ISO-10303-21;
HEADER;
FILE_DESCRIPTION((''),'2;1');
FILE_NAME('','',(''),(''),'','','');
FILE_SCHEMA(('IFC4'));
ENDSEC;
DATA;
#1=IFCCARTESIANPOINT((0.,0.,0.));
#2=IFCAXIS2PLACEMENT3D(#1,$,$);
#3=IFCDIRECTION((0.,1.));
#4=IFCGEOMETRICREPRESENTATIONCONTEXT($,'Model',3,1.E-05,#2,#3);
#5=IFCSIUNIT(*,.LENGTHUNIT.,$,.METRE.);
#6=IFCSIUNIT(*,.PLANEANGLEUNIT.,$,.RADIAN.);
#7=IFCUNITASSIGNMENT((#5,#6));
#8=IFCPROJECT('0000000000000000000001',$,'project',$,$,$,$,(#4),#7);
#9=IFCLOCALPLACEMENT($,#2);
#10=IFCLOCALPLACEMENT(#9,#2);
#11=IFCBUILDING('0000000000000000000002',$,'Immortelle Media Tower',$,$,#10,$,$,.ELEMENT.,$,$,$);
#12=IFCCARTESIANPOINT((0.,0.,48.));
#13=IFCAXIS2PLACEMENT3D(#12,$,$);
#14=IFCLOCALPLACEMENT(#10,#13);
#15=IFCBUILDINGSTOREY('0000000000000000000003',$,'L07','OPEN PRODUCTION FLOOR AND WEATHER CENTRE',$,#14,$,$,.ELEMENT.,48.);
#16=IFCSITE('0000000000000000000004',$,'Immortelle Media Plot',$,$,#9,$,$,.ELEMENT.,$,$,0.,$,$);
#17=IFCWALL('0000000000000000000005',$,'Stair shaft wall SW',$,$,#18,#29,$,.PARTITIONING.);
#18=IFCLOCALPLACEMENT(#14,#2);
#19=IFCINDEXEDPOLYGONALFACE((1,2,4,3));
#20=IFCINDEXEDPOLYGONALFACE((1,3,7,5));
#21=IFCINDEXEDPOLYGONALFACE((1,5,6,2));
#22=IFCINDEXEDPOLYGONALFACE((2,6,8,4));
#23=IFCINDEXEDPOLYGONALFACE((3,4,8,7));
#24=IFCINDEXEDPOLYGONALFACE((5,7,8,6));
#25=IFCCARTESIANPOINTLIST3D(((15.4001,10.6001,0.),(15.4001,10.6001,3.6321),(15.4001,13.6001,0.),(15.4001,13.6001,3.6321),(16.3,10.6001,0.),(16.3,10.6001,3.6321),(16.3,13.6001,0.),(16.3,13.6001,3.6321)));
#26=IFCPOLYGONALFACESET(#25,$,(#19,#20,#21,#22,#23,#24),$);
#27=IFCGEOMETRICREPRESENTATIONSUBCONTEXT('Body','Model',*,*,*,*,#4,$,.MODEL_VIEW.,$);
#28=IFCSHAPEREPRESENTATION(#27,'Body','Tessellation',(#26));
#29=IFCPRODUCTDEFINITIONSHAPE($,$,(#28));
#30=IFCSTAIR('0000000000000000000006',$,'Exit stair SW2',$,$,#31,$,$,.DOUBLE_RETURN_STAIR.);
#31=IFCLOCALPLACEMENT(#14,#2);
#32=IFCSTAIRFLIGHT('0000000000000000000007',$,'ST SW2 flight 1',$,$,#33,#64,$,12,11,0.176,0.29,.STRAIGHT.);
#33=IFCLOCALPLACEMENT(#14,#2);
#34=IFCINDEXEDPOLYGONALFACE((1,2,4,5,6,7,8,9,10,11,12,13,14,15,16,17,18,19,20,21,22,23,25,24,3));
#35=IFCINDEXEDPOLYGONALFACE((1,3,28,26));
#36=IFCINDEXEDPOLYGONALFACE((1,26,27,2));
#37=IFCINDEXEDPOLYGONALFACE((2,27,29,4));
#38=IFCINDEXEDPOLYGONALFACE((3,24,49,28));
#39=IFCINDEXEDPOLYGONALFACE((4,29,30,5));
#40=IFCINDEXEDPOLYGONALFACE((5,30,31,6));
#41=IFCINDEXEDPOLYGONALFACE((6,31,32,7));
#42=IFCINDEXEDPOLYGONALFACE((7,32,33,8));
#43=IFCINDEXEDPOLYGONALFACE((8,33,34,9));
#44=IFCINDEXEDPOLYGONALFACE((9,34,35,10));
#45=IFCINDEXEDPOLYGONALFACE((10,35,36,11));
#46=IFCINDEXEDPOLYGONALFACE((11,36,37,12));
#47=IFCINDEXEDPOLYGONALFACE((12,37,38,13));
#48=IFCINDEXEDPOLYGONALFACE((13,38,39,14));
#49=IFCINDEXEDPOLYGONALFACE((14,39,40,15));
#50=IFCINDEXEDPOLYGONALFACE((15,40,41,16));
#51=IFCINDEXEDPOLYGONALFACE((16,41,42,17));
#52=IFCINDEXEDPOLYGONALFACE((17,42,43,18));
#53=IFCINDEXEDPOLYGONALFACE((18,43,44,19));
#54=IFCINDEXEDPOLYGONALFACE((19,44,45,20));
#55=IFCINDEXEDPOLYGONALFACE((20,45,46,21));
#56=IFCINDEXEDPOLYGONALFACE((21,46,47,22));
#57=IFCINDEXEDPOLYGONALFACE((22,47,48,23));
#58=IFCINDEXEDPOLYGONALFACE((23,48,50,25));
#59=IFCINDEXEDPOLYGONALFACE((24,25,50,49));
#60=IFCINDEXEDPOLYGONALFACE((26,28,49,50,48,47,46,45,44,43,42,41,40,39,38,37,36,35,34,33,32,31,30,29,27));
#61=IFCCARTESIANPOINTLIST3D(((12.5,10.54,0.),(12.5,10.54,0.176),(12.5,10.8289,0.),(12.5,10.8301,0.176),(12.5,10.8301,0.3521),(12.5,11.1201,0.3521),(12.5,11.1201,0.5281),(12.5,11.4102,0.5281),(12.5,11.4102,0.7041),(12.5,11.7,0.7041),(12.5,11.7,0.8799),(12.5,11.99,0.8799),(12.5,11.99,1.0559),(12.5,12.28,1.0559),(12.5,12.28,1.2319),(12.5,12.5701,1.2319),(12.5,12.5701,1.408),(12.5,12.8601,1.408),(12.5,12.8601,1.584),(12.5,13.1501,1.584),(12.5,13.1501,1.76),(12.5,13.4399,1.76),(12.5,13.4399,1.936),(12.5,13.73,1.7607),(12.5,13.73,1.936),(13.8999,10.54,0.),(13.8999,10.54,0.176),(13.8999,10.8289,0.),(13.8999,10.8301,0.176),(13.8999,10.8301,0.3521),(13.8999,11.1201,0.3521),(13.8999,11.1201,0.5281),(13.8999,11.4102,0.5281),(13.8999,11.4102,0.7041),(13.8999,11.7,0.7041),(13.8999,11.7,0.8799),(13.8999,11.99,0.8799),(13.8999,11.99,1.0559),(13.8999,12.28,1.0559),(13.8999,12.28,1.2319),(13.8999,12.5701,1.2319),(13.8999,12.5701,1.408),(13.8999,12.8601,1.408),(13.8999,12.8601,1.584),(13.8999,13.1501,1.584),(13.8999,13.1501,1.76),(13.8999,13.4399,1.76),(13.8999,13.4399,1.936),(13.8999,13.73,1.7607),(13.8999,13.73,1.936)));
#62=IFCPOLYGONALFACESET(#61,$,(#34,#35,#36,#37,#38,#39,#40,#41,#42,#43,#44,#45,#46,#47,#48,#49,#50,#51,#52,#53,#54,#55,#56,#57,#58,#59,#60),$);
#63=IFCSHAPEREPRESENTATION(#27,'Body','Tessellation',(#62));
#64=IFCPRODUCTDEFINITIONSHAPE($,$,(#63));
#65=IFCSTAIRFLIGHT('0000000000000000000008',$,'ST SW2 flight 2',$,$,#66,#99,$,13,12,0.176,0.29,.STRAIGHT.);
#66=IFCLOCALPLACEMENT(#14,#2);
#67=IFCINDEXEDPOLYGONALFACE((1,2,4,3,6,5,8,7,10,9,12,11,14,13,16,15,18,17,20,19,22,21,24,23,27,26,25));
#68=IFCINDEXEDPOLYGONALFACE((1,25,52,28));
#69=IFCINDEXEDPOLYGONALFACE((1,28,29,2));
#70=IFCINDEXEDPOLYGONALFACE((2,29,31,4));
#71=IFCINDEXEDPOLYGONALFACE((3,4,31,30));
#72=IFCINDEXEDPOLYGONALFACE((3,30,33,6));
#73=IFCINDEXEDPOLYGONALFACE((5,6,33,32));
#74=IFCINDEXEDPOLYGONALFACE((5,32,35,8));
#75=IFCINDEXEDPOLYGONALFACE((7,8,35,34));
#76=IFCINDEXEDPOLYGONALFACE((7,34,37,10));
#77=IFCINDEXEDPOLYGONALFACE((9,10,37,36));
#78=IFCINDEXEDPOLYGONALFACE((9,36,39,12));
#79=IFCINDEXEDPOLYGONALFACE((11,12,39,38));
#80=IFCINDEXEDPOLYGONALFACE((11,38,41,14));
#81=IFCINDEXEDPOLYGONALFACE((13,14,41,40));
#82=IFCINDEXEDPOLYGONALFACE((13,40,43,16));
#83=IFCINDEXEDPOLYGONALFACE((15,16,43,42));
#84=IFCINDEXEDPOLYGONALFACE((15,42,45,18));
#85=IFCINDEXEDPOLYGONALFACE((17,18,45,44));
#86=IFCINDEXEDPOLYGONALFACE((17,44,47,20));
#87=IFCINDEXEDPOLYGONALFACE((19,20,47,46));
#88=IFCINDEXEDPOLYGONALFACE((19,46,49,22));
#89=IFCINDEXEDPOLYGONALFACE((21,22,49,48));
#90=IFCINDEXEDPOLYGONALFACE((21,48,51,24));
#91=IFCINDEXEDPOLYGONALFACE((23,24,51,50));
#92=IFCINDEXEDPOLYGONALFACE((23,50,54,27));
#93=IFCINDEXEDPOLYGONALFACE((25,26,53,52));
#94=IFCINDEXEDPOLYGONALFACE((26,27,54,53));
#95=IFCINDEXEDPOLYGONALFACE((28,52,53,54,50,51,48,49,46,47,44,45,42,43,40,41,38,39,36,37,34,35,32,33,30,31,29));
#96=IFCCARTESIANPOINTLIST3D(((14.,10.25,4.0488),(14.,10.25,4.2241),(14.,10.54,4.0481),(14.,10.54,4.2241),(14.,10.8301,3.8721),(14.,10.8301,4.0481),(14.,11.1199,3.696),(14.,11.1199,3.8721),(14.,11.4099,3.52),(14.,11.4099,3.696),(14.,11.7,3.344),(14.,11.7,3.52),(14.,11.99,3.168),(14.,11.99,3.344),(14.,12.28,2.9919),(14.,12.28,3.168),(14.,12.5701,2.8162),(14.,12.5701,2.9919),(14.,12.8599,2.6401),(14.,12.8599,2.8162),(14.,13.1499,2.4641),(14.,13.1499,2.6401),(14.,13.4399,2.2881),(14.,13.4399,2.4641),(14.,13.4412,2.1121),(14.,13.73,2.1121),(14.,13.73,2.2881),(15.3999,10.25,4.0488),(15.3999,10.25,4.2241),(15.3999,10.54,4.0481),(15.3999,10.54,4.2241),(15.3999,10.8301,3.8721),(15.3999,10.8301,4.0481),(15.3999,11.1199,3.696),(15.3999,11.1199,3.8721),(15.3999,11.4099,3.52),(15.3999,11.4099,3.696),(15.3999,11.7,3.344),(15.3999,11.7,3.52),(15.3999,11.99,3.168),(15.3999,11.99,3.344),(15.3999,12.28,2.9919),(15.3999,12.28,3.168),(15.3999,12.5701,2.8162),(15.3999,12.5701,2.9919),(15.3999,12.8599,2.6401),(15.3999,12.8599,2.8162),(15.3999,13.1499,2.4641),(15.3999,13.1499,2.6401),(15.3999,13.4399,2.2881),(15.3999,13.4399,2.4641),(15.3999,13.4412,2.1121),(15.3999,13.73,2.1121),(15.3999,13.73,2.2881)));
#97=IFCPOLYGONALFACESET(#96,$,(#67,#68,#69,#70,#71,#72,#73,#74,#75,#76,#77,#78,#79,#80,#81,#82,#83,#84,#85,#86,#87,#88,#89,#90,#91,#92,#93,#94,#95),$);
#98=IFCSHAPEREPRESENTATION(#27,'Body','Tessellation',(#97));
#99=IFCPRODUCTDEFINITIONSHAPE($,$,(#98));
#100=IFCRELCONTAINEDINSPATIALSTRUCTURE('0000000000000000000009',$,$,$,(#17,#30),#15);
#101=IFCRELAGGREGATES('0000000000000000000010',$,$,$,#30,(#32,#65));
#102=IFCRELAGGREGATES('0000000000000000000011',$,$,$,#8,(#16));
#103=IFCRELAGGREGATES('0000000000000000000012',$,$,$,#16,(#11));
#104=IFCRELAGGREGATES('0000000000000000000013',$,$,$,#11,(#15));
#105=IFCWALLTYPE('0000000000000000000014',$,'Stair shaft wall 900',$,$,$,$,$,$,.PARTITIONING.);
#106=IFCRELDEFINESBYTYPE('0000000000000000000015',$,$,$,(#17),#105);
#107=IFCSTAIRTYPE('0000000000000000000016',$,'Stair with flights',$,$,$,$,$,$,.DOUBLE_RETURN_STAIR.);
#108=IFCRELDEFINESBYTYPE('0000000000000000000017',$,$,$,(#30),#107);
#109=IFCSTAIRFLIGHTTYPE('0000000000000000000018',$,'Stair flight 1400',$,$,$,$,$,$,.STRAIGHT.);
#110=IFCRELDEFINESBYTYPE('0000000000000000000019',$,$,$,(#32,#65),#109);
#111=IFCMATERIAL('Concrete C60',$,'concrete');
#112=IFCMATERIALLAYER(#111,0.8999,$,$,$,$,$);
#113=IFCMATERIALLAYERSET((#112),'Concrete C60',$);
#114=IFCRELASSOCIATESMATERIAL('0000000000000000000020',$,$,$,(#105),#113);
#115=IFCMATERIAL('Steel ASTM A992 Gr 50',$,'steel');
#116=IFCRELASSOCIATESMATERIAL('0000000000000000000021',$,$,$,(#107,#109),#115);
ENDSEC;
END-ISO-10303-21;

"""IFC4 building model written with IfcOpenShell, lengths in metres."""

from ifc_helpers import new_model, si_unit, direction, frame, frame_2d, origin, place, context, subcontext, project, spatial, polyline, rectangle, outline, extrude, material, layer, layer_set, type_object, element, aggregate, save


model = new_model("IFC4")

# Units and contexts
model_context = context("Model", 3, precision=1e-05, world=origin(), true_north=direction((0.0, 1.0)))
body_context = subcontext(model_context, "Body", "Model", "MODEL_VIEW")
ifc_project = project(units=[si_unit("LENGTHUNIT", "METRE"), si_unit("PLANEANGLEUNIT", "RADIAN")], contexts=[model_context])

# Site, building, storey
site_placement = place(None, origin())
site = spatial("IfcSite", under=ifc_project, at=site_placement, Name="Immortelle Media Plot", CompositionType="ELEMENT", RefElevation=0.0)
building_placement = place(site_placement, origin())
building = spatial("IfcBuilding", under=site, at=building_placement, Name="Immortelle Media Tower", CompositionType="ELEMENT")
storey_placement = place(building_placement, frame((0.0, 0.0, 48.0)))
storey = spatial("IfcBuildingStorey", under=building, at=storey_placement, Name="L07", Description="OPEN PRODUCTION FLOOR AND WEATHER CENTRE", CompositionType="ELEMENT", Elevation=48.0)

# Shared definitions
ifc_material_1 = material(Name="Steel ASTM A992 Gr 50", Category="steel")

# Shared definitions
ifc_material_2 = material(Name="Concrete C60", Category="concrete")

# Shared definitions
ifc_layer_1 = layer(ifc_material_2, 0.8999)
ifc_layer_set_1 = layer_set([ifc_layer_1], Name="Concrete C60")
wall_type_1 = type_object("IfcWallType", Name="Stair shaft wall 900", PredefinedType="PARTITIONING", material=ifc_layer_set_1)

# Wall
wall_1_placement = place(storey_placement, frame((15.8501, 10.6001, 0.0), z_axis=(0.0, 0.0, 1.0), x_axis=(0.0, 1.0, 0.0)))
element("IfcWall", 1, at=wall_1_placement, inside=storey, type_object=wall_type_1, Name="Stair shaft wall SW", PredefinedType="PARTITIONING", context=body_context, shape_type="SweptSolid", body=[
    extrude(rectangle(XDim=3.0, YDim=0.8999, at=frame_2d((1.5, 0.0))), origin(), (0.0, 0.0, 1.0), 3.6321),
])

# Stair, stair flights
stair_type = type_object("IfcStairType", Name="Stair with flights", PredefinedType="DOUBLE_RETURN_STAIR", material=ifc_material_1)
stair_placement = place(storey_placement, origin())
stair = element("IfcStair", 2, at=stair_placement, inside=storey, type_object=stair_type, Name="Exit stair SW2", PredefinedType="DOUBLE_RETURN_STAIR")
stair_flight_type = type_object("IfcStairFlightType", Name="Stair flight 1400", PredefinedType="STRAIGHT", material=ifc_material_1)
stair_flight_1_placement = place(storey_placement, frame((13.2, 10.54, 0.0), z_axis=(0.0, 0.0, 1.0), x_axis=(0.0, 1.0, 0.0)))
stair_flight_1 = element("IfcStairFlight", 3, at=stair_flight_1_placement, type_object=stair_flight_type, Name="ST SW2 flight 1", NumberOfRisers=12, NumberOfTreads=11, PredefinedType="STRAIGHT", RiserHeight=0.176, TreadLength=0.29, context=body_context, shape_type="SweptSolid", body=[
    extrude(outline(polyline([(0.0, 0.0), (0.0, 0.176), (0.29, 0.176), (0.29, 0.3521), (0.5801, 0.3521), (0.5801, 0.5281), (0.8701, 0.5281), (0.8701, 0.7041), (1.1599, 0.7041), (1.1599, 0.8799), (1.45, 0.8799), (1.45, 1.0559), (1.74, 1.0559), (1.74, 1.2319), (2.03, 1.2319), (2.03, 1.408), (2.3201, 1.408), (2.3201, 1.584), (2.6101, 1.584), (2.6101, 1.76), (2.8999, 1.76), (2.8999, 1.936), (3.1899, 1.936), (3.1899, 2.1121), (3.1899, 1.7607), (0.2888, 0.0), (0.0, 0.0)])), frame((0.0, 0.7, 0.0), z_axis=(0.0, -1.0, 0.0), x_axis=(1.0, 0.0, 0.0)), (0.0, 0.0, 1.0), 1.3999),
])
stair_flight_2_placement = place(storey_placement, frame((14.7, 13.73, 2.1121), z_axis=(0.0, 0.0, 1.0), x_axis=(0.0, -1.0, 0.0)))
stair_flight_2 = element("IfcStairFlight", 4, at=stair_flight_2_placement, type_object=stair_flight_type, Name="ST SW2 flight 2", NumberOfRisers=13, NumberOfTreads=12, PredefinedType="STRAIGHT", RiserHeight=0.176, TreadLength=0.29, context=body_context, shape_type="SweptSolid", body=[
    extrude(outline(polyline([(0.0, 0.0), (0.0, 0.176), (0.29, 0.176), (0.29, 0.3521), (0.5801, 0.3521), (0.5801, 0.5281), (0.8701, 0.5281), (0.8701, 0.7041), (1.1599, 0.7041), (1.1599, 0.8799), (1.45, 0.8799), (1.45, 1.0559), (1.74, 1.0559), (1.74, 1.2319), (2.03, 1.2319), (2.03, 1.408), (2.3201, 1.408), (2.3201, 1.584), (2.6101, 1.584), (2.6101, 1.76), (2.8999, 1.76), (2.8999, 1.936), (3.1899, 1.936), (3.1899, 2.1121), (3.48, 2.1121), (3.48, 2.2881), (3.48, 1.9368), (0.2888, 0.0), (0.0, 0.0)])), frame((0.0, 0.7, 0.0), z_axis=(0.0, -1.0, 0.0), x_axis=(1.0, 0.0, 0.0)), (0.0, 0.0, 1.0), 1.3999),
])
aggregate(stair, [stair_flight_1, stair_flight_2])

save(model, "model.ifc")
